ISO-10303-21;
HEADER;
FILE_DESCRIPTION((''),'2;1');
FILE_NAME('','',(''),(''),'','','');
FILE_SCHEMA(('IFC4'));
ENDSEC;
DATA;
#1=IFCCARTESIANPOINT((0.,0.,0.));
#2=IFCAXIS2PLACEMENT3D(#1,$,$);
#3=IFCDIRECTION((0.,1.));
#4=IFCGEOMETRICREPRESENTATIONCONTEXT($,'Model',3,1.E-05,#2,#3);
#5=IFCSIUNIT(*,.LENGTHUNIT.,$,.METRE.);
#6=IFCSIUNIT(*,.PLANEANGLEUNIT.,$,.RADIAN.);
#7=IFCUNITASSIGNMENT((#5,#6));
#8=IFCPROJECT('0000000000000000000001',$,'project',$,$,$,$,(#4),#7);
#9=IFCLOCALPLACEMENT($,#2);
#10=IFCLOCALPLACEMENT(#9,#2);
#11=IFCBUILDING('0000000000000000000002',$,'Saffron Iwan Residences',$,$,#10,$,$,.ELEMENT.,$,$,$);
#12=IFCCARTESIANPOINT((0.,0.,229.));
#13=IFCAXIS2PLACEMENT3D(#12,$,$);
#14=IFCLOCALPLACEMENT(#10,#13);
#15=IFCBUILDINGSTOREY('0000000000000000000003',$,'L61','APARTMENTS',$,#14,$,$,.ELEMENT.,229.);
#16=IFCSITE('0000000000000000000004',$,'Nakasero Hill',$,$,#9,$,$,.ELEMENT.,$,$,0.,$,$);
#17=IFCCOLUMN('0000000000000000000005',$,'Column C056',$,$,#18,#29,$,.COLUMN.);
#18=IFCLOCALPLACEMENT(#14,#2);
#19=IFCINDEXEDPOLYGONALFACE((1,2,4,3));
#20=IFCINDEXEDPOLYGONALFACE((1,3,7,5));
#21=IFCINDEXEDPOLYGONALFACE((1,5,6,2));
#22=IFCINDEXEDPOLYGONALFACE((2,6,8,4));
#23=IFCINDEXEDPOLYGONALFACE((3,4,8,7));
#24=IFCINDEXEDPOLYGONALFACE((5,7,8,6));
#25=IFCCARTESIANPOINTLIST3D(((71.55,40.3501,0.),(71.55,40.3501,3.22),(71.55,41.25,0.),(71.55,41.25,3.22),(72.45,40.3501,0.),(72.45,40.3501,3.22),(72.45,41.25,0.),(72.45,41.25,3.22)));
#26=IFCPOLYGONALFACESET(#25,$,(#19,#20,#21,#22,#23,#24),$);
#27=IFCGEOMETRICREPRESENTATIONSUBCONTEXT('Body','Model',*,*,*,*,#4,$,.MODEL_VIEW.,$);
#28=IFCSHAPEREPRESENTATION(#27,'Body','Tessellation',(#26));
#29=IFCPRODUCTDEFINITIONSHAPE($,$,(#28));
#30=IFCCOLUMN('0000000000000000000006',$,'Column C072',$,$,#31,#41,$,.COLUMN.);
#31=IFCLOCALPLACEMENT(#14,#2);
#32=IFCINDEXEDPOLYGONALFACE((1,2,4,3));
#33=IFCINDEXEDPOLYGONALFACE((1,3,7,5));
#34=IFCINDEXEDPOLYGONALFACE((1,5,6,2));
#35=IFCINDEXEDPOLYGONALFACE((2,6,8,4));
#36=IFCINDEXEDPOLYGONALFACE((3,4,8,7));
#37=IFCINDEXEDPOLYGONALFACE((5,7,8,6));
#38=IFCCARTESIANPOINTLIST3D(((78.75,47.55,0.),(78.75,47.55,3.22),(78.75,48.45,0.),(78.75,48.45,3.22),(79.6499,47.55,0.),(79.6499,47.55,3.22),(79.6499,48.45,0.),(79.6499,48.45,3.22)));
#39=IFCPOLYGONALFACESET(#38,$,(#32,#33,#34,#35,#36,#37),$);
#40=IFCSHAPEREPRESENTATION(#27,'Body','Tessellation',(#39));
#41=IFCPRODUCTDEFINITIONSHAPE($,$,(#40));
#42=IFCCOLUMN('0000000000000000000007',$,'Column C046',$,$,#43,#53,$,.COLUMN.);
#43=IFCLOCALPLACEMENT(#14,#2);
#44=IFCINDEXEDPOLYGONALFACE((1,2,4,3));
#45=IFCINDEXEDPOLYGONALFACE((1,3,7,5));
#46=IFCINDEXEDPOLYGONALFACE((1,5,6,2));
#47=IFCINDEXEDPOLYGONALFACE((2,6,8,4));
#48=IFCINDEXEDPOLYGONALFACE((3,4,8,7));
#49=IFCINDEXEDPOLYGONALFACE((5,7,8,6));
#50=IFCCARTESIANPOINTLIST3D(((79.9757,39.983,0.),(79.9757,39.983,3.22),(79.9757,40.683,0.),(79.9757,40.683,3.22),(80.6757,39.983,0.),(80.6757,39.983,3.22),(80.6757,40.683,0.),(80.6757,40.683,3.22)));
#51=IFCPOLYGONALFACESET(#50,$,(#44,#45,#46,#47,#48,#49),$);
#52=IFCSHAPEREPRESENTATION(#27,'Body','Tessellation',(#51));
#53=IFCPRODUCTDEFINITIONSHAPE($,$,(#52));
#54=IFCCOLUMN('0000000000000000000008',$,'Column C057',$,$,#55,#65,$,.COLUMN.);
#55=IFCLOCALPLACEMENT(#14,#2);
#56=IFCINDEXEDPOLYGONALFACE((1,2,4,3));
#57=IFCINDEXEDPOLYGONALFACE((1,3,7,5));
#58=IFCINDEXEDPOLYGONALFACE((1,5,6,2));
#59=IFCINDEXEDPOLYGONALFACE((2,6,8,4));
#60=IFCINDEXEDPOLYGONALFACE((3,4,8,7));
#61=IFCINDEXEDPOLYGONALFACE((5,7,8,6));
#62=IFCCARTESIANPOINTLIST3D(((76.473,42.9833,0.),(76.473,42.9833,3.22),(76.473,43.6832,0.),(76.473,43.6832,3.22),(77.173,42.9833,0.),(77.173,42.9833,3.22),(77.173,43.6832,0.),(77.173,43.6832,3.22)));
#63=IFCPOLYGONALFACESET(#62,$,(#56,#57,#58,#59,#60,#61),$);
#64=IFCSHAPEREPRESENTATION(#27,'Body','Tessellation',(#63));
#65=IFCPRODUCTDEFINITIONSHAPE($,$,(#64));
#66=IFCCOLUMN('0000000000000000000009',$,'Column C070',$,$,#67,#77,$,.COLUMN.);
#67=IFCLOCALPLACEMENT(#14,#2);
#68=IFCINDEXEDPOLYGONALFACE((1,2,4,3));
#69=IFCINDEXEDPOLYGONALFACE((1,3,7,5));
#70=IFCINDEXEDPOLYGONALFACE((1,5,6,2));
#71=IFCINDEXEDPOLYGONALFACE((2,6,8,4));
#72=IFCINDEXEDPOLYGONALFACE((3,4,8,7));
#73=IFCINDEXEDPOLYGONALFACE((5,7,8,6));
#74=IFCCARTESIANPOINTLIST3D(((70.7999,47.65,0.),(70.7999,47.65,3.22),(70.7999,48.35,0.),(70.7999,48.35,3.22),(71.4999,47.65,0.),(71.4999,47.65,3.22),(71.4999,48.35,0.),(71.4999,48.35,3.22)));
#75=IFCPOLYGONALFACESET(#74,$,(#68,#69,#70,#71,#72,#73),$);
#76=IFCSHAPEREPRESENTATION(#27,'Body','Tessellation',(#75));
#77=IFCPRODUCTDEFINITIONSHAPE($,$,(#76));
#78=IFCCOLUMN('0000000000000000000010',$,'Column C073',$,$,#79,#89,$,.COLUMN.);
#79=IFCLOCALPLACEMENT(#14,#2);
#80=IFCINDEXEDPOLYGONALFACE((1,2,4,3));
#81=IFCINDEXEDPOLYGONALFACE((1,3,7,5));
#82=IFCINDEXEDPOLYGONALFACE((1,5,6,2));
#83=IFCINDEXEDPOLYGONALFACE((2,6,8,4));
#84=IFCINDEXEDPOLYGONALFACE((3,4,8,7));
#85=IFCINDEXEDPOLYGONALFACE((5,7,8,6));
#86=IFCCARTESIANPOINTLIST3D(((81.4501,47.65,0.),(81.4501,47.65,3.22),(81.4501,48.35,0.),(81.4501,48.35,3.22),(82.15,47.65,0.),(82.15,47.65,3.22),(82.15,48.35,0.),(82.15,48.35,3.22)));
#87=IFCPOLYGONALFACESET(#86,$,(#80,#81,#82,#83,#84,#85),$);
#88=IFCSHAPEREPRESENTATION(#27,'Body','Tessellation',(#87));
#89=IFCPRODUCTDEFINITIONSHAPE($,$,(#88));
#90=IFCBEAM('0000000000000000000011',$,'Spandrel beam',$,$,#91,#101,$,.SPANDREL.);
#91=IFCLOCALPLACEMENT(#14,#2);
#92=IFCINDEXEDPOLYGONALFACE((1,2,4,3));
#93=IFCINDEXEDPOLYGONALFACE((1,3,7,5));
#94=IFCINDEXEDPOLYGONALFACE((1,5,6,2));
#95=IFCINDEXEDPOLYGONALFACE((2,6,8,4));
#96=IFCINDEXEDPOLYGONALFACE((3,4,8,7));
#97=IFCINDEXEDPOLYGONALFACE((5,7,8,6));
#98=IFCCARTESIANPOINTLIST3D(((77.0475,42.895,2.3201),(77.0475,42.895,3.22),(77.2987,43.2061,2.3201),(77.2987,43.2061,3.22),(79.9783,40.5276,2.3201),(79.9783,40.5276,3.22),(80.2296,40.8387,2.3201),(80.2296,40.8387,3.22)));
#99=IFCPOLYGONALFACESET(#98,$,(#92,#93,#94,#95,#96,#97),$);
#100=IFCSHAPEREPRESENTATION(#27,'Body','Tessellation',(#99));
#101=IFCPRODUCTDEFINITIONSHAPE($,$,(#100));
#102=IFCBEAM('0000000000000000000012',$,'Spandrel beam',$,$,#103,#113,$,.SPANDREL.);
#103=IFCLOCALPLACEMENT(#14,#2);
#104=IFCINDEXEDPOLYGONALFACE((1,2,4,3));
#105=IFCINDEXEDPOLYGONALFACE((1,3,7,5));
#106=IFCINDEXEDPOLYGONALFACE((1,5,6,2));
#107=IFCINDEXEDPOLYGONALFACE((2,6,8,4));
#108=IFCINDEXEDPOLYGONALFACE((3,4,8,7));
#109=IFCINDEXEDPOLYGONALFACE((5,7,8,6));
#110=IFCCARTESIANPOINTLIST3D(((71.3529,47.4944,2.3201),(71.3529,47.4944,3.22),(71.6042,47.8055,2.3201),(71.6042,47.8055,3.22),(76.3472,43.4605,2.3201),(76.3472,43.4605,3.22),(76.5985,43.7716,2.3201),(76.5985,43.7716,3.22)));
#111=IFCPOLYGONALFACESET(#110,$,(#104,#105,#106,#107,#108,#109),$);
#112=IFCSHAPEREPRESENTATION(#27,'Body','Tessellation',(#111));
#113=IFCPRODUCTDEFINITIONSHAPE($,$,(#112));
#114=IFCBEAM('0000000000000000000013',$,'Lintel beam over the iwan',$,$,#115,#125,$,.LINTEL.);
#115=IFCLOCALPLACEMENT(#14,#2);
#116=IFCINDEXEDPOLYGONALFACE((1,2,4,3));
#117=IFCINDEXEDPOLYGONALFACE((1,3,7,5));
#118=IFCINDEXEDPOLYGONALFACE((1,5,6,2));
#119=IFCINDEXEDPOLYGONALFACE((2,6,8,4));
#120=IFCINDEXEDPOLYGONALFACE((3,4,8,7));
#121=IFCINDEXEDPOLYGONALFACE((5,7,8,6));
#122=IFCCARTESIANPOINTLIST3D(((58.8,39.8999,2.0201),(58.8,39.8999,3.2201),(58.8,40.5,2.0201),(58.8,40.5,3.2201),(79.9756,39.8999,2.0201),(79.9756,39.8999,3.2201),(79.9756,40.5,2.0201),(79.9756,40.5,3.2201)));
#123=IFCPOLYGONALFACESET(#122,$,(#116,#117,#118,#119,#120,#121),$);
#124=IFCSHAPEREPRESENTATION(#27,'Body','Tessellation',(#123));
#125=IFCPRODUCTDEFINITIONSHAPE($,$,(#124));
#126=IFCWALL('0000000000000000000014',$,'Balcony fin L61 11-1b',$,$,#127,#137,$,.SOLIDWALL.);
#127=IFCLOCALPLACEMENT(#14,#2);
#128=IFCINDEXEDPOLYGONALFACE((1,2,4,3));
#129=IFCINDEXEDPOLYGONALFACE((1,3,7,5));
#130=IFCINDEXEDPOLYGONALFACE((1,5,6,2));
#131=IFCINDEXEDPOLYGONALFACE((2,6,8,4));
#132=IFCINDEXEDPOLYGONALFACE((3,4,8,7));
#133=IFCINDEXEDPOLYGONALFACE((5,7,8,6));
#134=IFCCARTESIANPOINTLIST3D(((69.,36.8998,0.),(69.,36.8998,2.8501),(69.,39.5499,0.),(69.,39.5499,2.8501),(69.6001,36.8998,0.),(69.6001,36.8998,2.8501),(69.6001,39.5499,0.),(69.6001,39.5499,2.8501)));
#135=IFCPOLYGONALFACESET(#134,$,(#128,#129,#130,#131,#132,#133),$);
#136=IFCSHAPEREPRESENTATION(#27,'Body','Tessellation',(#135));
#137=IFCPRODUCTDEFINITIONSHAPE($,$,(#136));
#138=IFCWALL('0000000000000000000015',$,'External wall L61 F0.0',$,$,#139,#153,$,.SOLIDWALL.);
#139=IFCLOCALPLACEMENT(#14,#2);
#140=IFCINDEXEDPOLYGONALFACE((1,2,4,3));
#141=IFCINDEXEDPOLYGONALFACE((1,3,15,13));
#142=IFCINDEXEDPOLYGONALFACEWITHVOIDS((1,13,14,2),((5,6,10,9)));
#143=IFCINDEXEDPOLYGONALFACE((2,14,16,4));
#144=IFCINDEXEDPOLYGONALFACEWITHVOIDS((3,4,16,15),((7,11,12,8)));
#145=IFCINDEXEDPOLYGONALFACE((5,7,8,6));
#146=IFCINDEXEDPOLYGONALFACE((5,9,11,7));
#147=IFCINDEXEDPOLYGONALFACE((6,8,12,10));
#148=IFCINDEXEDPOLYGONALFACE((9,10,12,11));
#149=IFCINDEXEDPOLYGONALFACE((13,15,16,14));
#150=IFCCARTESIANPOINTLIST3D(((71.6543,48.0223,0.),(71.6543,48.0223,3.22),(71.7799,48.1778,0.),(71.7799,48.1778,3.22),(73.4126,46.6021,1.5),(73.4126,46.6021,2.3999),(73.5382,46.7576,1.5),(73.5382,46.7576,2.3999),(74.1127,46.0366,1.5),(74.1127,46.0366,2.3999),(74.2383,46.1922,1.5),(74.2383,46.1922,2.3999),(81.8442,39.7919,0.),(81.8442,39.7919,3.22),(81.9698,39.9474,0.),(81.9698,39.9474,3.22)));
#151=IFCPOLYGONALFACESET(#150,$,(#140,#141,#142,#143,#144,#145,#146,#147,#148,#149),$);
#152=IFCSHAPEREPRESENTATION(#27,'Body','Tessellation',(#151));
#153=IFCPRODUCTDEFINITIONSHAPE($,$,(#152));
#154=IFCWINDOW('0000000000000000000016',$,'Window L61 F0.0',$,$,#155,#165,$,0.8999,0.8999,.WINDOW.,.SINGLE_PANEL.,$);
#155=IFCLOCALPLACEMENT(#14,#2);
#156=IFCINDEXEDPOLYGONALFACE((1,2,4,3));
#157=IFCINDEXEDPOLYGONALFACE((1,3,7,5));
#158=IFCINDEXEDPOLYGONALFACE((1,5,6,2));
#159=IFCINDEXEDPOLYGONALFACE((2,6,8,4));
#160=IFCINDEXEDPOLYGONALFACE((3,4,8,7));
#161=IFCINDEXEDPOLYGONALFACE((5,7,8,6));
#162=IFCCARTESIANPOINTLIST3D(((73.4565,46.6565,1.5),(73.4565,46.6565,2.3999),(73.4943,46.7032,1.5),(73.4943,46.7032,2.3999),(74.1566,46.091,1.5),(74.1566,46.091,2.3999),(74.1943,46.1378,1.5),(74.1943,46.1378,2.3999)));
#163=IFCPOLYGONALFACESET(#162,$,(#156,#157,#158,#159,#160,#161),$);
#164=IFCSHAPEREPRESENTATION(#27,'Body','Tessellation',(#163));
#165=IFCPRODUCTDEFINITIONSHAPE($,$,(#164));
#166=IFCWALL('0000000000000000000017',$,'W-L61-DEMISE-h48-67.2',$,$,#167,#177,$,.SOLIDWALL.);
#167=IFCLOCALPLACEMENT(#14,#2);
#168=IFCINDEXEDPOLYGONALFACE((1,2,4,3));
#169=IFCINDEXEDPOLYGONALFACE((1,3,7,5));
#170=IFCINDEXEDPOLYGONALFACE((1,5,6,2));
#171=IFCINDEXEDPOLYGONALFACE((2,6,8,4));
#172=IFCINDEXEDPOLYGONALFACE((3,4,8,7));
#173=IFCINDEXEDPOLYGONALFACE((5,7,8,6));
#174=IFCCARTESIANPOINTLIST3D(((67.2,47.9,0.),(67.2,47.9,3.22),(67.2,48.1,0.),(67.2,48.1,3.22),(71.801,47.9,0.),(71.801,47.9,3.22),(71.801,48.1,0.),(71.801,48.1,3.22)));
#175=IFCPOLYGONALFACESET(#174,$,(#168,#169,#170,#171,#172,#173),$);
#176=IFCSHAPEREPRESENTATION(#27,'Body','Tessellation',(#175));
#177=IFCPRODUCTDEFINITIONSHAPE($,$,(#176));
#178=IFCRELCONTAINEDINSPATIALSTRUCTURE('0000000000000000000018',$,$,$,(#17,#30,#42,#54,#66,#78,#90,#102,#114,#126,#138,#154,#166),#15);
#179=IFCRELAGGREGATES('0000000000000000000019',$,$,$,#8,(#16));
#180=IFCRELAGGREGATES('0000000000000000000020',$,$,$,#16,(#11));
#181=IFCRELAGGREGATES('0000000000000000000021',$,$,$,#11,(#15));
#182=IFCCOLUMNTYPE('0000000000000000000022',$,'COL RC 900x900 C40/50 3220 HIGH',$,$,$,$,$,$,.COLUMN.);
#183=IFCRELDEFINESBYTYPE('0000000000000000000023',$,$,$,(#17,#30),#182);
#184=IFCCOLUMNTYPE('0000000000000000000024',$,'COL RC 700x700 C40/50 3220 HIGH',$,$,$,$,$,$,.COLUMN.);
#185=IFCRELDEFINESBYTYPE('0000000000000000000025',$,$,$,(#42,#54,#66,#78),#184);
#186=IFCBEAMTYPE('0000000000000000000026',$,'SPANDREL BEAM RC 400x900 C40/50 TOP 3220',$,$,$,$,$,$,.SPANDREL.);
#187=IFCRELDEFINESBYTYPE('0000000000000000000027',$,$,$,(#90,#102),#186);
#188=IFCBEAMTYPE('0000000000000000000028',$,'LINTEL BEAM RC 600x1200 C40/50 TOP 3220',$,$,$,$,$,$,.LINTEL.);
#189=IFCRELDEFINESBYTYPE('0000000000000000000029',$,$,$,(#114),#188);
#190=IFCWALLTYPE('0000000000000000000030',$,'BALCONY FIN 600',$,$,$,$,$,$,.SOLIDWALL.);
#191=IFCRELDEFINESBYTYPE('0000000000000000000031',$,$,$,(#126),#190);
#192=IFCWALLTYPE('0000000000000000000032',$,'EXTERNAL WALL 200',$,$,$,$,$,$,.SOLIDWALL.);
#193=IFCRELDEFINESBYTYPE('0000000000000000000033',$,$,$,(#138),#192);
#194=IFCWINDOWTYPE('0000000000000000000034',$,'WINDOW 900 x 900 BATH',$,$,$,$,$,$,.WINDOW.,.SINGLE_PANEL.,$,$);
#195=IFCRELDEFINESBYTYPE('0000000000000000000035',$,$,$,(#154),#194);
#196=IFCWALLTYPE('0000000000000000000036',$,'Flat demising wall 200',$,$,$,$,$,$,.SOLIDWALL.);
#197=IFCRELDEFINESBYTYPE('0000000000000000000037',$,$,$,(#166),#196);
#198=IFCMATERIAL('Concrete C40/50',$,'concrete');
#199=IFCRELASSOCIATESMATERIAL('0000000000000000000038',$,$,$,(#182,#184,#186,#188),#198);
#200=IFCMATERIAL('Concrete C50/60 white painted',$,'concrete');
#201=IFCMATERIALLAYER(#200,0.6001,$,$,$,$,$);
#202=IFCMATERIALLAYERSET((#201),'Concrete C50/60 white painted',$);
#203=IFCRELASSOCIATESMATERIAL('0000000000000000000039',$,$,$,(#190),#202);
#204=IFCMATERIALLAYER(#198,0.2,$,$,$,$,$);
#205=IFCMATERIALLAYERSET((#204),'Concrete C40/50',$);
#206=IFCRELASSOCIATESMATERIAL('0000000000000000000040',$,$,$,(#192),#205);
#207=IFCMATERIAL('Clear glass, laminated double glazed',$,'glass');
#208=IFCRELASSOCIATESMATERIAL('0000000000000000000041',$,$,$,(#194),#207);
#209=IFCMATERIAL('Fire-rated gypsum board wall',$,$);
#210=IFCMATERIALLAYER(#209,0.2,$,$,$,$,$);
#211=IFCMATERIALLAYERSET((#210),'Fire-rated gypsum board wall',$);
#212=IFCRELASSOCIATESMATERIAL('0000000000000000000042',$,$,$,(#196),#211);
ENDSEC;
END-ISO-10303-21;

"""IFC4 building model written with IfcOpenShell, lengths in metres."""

from ifc_helpers import new_model, si_unit, direction, frame, frame_2d, origin, origin_2d, place, context, subcontext, project, spatial, rectangle, extrude, source, transform, mapped, material, layer, layer_set, material_profile, profile_set, type_object, element, fill, save


model = new_model("IFC4")

# Units and contexts
model_context = context("Model", 3, precision=1e-05, world=origin(), true_north=direction((0.0, 1.0)))
body_context = subcontext(model_context, "Body", "Model", "MODEL_VIEW")
ifc_project = project(units=[si_unit("LENGTHUNIT", "METRE"), si_unit("PLANEANGLEUNIT", "RADIAN")], contexts=[model_context])

# Site, building, storey
site_placement = place(None, origin())
site = spatial("IfcSite", under=ifc_project, at=site_placement, Name="Nakasero Hill", CompositionType="ELEMENT", RefElevation=0.0)
building_placement = place(site_placement, origin())
building = spatial("IfcBuilding", under=site, at=building_placement, Name="Saffron Iwan Residences", CompositionType="ELEMENT")
storey_placement = place(building_placement, frame((0.0, 0.0, 229.0)))
storey = spatial("IfcBuildingStorey", under=building, at=storey_placement, Name="L61", Description="APARTMENTS", CompositionType="ELEMENT", Elevation=229.0)

# Columns
ifc_material_1 = material(Name="Concrete C40/50", Category="concrete")
ifc_material_profile_1 = material_profile(ifc_material_1, rectangle(XDim=0.8999, YDim=0.8999, at=origin_2d()), Name="RC 900x900")
ifc_profile_set_1 = profile_set([ifc_material_profile_1], Name="Concrete C40/50")
column_type_1 = type_object("IfcColumnType", Name="COL RC 900x900 C40/50 3220 HIGH", PredefinedType="COLUMN", material=ifc_profile_set_1)
shared_shape_1 = source(origin(), body_context, "Body", "SweptSolid", [
    extrude(rectangle(XDim=0.8999, YDim=0.8999, at=origin_2d()), origin(), (0.0, 0.0, 1.0), 3.22),
])
for number, where, z_axis, x_axis, name in (
    (1, (72.0, 40.8, 0.0), (0.0, 0.0, 1.0), (1.0, 0.0, 0.0), "Column C056"),
    (2, (79.2, 48.0, 0.0), (0.0, 0.0, 1.0), (1.0, 0.0, 0.0), "Column C072"),
):
    element("IfcColumn", number, at=place(storey_placement, frame(where, z_axis=z_axis, x_axis=x_axis)), inside=storey, type_object=column_type_1, Name=name, PredefinedType="COLUMN", context=body_context, shape_type="MappedRepresentation", body=[
        mapped(shared_shape_1, transform((0.0, 0.0, 0.0))),
    ])
ifc_material_profile_2 = material_profile(ifc_material_1, rectangle(XDim=0.7, YDim=0.7, at=origin_2d()), Name="RC 700x700")
ifc_profile_set_2 = profile_set([ifc_material_profile_2], Name="Concrete C40/50")
column_type_2 = type_object("IfcColumnType", Name="COL RC 700x700 C40/50 3220 HIGH", PredefinedType="COLUMN", material=ifc_profile_set_2)
shared_shape_2 = source(origin(), body_context, "Body", "SweptSolid", [
    extrude(rectangle(XDim=0.7, YDim=0.7, at=origin_2d()), origin(), (0.0, 0.0, 1.0), 3.22),
])
for number, where, z_axis, x_axis, name in (
    (3, (80.3257, 40.333, 0.0), (0.0, 0.0, 1.0), (1.0, 0.0, 0.0), "Column C046"),
    (4, (76.823, 43.3333, 0.0), (0.0, 0.0, 1.0), (1.0, 0.0, 0.0), "Column C057"),
    (5, (71.1499, 48.0, 0.0), (0.0, 0.0, 1.0), (1.0, 0.0, 0.0), "Column C070"),
    (6, (81.8, 48.0, 0.0), (0.0, 0.0, 1.0), (1.0, 0.0, 0.0), "Column C073"),
):
    element("IfcColumn", number, at=place(storey_placement, frame(where, z_axis=z_axis, x_axis=x_axis)), inside=storey, type_object=column_type_2, Name=name, PredefinedType="COLUMN", context=body_context, shape_type="MappedRepresentation", body=[
        mapped(shared_shape_2, transform((0.0, 0.0, 0.0))),
    ])

# Beams
ifc_material_profile_3 = material_profile(ifc_material_1, rectangle(XDim=0.3999, YDim=0.8999, at=origin_2d()), Name="RC 400x900")
ifc_profile_set_3 = profile_set([ifc_material_profile_3], Name="Concrete C40/50")
beam_type_1 = type_object("IfcBeamType", Name="SPANDREL BEAM RC 400x900 C40/50 TOP 3220", PredefinedType="SPANDREL", material=ifc_profile_set_3)
shared_shape_3 = source(origin(), body_context, "Body", "SweptSolid", [
    extrude(rectangle(XDim=0.3999, YDim=0.8999, at=origin_2d()), origin(), (0.0, 0.0, 1.0), 3.7676),
])
beam_1_placement = place(storey_placement, frame((77.1731, 43.0505, 2.77), z_axis=(0.77792, -0.628363, 0.0), x_axis=(0.628363, 0.77792, 0.0)))
element("IfcBeam", 7, at=beam_1_placement, inside=storey, type_object=beam_type_1, Name="Spandrel beam", PredefinedType="SPANDREL", context=body_context, shape_type="MappedRepresentation", body=[
    mapped(shared_shape_3, transform((0.0, 0.0, 0.0))),
])
shared_shape_4 = source(origin(), body_context, "Body", "SweptSolid", [
    extrude(rectangle(XDim=0.3999, YDim=0.8999, at=origin_2d()), origin(), (0.0, 0.0, 1.0), 6.4199),
])
beam_2_placement = place(storey_placement, frame((71.4785, 47.6499, 2.77), z_axis=(0.77794, -0.628338, 0.0), x_axis=(0.628338, 0.77794, 0.0)))
element("IfcBeam", 8, at=beam_2_placement, inside=storey, type_object=beam_type_1, Name="Spandrel beam", PredefinedType="SPANDREL", context=body_context, shape_type="MappedRepresentation", body=[
    mapped(shared_shape_4, transform((0.0, 0.0, 0.0))),
])
ifc_material_profile_4 = material_profile(ifc_material_1, rectangle(XDim=0.6001, YDim=1.2, at=origin_2d()), Name="RC 600x1200")
ifc_profile_set_4 = profile_set([ifc_material_profile_4], Name="Concrete C40/50")
beam_type_2 = type_object("IfcBeamType", Name="LINTEL BEAM RC 600x1200 C40/50 TOP 3220", PredefinedType="LINTEL", material=ifc_profile_set_4)
shared_shape_5 = source(origin(), body_context, "Body", "SweptSolid", [
    extrude(rectangle(XDim=0.6001, YDim=1.2, at=origin_2d()), origin(), (0.0, 0.0, 1.0), 21.1755),
])
beam_3_placement = place(storey_placement, frame((79.9756, 40.2, 2.6201), z_axis=(-1.0, 0.0, 0.0), x_axis=(0.0, -1.0, 0.0)))
element("IfcBeam", 9, at=beam_3_placement, inside=storey, type_object=beam_type_2, Name="Lintel beam over the iwan", PredefinedType="LINTEL", context=body_context, shape_type="MappedRepresentation", body=[
    mapped(shared_shape_5, transform((0.0, 0.0, 0.0))),
])

# Wall
ifc_material_2 = material(Name="Concrete C50/60 white painted", Category="concrete")
ifc_layer_1 = layer(ifc_material_2, 0.6001)
ifc_layer_set_1 = layer_set([ifc_layer_1], Name="Concrete C50/60 white painted")
wall_type_1 = type_object("IfcWallType", Name="BALCONY FIN 600", PredefinedType="SOLIDWALL", material=ifc_layer_set_1)
wall_1_placement = place(storey_placement, frame((69.3, 39.55, 0.0), z_axis=(0.0, 0.0, 1.0), x_axis=(0.0, -1.0, 0.0)))
element("IfcWall", 10, at=wall_1_placement, inside=storey, type_object=wall_type_1, Name="Balcony fin L61 11-1b", PredefinedType="SOLIDWALL", context=body_context, shape_type="SweptSolid", body=[
    extrude(rectangle(XDim=2.6501, YDim=0.6001, at=frame_2d((1.3252, 0.0))), origin(), (0.0, 0.0, 1.0), 2.8501),
])

# Wall, opening, window
ifc_layer_2 = layer(ifc_material_1, 0.2)
ifc_layer_set_2 = layer_set([ifc_layer_2], Name="Concrete C40/50")
wall_type_2 = type_object("IfcWallType", Name="EXTERNAL WALL 200", PredefinedType="SOLIDWALL", material=ifc_layer_set_2)
wall_2_placement = place(storey_placement, frame((81.907, 39.8696, 0.0), z_axis=(0.0, 0.0, 1.0), x_axis=(-0.777936, 0.628343, 0.0)))
wall_2 = element("IfcWall", 11, at=wall_2_placement, inside=storey, type_object=wall_type_2, Name="External wall L61 F0.0", PredefinedType="SOLIDWALL", context=body_context, shape_type="SweptSolid", body=[
    extrude(rectangle(XDim=13.0986, YDim=0.2, at=frame_2d((6.5493, 0.0))), origin(), (0.0, 0.0, 1.0), 3.22),
])
opening_1_placement = place(wall_2_placement, frame((9.9385, 0.0, 1.5)))
opening_1 = element("IfcOpeningElement", 12, at=opening_1_placement, cuts=wall_2, PredefinedType="OPENING", context=body_context, shape_type="SweptSolid", body=[
    extrude(rectangle(XDim=0.8999, YDim=0.8999, at=frame_2d((0.45, 0.45))), frame((0.0, 0.1099, 0.0), z_axis=(0.0, -1.0, 0.0), x_axis=(1.0, 0.0, 0.0)), (0.0, 0.0, 1.0), 0.22),
])
ifc_material_3 = material(Name="Clear glass, laminated double glazed", Category="glass")
window_type = type_object("IfcWindowType", Name="WINDOW 900 x 900 BATH", PartitioningType="SINGLE_PANEL", PredefinedType="WINDOW", material=ifc_material_3)
window_placement = place(opening_1_placement, origin())
window = element("IfcWindow", 13, at=window_placement, inside=storey, type_object=window_type, Name="Window L61 F0.0", OverallHeight=0.8999, OverallWidth=0.8999, PartitioningType="SINGLE_PANEL", PredefinedType="WINDOW", context=body_context, shape_type="SweptSolid", body=[
    extrude(rectangle(XDim=0.8999, YDim=0.8999, at=frame_2d((0.45, 0.45))), frame((0.0, 0.03, 0.0), z_axis=(0.0, -1.0, 0.0), x_axis=(1.0, 0.0, 0.0)), (0.0, 0.0, 1.0), 0.0601),
])
fill(opening_1, window)

# Wall
ifc_material_4 = material(Name="Fire-rated gypsum board wall")
ifc_layer_3 = layer(ifc_material_4, 0.2)
ifc_layer_set_3 = layer_set([ifc_layer_3], Name="Fire-rated gypsum board wall")
wall_type_3 = type_object("IfcWallType", Name="Flat demising wall 200", PredefinedType="SOLIDWALL", material=ifc_layer_set_3)
wall_3_placement = place(storey_placement, frame((67.2, 48.0, 0.0), z_axis=(0.0, 0.0, 1.0), x_axis=(1.0, 0.0, 0.0)))
element("IfcWall", 14, at=wall_3_placement, inside=storey, type_object=wall_type_3, Name="W-L61-DEMISE-h48-67.2", PredefinedType="SOLIDWALL", context=body_context, shape_type="SweptSolid", body=[
    extrude(rectangle(XDim=4.6011, YDim=0.2, at=frame_2d((2.3005, 0.0))), origin(), (0.0, 0.0, 1.0), 3.22),
])

save(model, "model.ifc")
